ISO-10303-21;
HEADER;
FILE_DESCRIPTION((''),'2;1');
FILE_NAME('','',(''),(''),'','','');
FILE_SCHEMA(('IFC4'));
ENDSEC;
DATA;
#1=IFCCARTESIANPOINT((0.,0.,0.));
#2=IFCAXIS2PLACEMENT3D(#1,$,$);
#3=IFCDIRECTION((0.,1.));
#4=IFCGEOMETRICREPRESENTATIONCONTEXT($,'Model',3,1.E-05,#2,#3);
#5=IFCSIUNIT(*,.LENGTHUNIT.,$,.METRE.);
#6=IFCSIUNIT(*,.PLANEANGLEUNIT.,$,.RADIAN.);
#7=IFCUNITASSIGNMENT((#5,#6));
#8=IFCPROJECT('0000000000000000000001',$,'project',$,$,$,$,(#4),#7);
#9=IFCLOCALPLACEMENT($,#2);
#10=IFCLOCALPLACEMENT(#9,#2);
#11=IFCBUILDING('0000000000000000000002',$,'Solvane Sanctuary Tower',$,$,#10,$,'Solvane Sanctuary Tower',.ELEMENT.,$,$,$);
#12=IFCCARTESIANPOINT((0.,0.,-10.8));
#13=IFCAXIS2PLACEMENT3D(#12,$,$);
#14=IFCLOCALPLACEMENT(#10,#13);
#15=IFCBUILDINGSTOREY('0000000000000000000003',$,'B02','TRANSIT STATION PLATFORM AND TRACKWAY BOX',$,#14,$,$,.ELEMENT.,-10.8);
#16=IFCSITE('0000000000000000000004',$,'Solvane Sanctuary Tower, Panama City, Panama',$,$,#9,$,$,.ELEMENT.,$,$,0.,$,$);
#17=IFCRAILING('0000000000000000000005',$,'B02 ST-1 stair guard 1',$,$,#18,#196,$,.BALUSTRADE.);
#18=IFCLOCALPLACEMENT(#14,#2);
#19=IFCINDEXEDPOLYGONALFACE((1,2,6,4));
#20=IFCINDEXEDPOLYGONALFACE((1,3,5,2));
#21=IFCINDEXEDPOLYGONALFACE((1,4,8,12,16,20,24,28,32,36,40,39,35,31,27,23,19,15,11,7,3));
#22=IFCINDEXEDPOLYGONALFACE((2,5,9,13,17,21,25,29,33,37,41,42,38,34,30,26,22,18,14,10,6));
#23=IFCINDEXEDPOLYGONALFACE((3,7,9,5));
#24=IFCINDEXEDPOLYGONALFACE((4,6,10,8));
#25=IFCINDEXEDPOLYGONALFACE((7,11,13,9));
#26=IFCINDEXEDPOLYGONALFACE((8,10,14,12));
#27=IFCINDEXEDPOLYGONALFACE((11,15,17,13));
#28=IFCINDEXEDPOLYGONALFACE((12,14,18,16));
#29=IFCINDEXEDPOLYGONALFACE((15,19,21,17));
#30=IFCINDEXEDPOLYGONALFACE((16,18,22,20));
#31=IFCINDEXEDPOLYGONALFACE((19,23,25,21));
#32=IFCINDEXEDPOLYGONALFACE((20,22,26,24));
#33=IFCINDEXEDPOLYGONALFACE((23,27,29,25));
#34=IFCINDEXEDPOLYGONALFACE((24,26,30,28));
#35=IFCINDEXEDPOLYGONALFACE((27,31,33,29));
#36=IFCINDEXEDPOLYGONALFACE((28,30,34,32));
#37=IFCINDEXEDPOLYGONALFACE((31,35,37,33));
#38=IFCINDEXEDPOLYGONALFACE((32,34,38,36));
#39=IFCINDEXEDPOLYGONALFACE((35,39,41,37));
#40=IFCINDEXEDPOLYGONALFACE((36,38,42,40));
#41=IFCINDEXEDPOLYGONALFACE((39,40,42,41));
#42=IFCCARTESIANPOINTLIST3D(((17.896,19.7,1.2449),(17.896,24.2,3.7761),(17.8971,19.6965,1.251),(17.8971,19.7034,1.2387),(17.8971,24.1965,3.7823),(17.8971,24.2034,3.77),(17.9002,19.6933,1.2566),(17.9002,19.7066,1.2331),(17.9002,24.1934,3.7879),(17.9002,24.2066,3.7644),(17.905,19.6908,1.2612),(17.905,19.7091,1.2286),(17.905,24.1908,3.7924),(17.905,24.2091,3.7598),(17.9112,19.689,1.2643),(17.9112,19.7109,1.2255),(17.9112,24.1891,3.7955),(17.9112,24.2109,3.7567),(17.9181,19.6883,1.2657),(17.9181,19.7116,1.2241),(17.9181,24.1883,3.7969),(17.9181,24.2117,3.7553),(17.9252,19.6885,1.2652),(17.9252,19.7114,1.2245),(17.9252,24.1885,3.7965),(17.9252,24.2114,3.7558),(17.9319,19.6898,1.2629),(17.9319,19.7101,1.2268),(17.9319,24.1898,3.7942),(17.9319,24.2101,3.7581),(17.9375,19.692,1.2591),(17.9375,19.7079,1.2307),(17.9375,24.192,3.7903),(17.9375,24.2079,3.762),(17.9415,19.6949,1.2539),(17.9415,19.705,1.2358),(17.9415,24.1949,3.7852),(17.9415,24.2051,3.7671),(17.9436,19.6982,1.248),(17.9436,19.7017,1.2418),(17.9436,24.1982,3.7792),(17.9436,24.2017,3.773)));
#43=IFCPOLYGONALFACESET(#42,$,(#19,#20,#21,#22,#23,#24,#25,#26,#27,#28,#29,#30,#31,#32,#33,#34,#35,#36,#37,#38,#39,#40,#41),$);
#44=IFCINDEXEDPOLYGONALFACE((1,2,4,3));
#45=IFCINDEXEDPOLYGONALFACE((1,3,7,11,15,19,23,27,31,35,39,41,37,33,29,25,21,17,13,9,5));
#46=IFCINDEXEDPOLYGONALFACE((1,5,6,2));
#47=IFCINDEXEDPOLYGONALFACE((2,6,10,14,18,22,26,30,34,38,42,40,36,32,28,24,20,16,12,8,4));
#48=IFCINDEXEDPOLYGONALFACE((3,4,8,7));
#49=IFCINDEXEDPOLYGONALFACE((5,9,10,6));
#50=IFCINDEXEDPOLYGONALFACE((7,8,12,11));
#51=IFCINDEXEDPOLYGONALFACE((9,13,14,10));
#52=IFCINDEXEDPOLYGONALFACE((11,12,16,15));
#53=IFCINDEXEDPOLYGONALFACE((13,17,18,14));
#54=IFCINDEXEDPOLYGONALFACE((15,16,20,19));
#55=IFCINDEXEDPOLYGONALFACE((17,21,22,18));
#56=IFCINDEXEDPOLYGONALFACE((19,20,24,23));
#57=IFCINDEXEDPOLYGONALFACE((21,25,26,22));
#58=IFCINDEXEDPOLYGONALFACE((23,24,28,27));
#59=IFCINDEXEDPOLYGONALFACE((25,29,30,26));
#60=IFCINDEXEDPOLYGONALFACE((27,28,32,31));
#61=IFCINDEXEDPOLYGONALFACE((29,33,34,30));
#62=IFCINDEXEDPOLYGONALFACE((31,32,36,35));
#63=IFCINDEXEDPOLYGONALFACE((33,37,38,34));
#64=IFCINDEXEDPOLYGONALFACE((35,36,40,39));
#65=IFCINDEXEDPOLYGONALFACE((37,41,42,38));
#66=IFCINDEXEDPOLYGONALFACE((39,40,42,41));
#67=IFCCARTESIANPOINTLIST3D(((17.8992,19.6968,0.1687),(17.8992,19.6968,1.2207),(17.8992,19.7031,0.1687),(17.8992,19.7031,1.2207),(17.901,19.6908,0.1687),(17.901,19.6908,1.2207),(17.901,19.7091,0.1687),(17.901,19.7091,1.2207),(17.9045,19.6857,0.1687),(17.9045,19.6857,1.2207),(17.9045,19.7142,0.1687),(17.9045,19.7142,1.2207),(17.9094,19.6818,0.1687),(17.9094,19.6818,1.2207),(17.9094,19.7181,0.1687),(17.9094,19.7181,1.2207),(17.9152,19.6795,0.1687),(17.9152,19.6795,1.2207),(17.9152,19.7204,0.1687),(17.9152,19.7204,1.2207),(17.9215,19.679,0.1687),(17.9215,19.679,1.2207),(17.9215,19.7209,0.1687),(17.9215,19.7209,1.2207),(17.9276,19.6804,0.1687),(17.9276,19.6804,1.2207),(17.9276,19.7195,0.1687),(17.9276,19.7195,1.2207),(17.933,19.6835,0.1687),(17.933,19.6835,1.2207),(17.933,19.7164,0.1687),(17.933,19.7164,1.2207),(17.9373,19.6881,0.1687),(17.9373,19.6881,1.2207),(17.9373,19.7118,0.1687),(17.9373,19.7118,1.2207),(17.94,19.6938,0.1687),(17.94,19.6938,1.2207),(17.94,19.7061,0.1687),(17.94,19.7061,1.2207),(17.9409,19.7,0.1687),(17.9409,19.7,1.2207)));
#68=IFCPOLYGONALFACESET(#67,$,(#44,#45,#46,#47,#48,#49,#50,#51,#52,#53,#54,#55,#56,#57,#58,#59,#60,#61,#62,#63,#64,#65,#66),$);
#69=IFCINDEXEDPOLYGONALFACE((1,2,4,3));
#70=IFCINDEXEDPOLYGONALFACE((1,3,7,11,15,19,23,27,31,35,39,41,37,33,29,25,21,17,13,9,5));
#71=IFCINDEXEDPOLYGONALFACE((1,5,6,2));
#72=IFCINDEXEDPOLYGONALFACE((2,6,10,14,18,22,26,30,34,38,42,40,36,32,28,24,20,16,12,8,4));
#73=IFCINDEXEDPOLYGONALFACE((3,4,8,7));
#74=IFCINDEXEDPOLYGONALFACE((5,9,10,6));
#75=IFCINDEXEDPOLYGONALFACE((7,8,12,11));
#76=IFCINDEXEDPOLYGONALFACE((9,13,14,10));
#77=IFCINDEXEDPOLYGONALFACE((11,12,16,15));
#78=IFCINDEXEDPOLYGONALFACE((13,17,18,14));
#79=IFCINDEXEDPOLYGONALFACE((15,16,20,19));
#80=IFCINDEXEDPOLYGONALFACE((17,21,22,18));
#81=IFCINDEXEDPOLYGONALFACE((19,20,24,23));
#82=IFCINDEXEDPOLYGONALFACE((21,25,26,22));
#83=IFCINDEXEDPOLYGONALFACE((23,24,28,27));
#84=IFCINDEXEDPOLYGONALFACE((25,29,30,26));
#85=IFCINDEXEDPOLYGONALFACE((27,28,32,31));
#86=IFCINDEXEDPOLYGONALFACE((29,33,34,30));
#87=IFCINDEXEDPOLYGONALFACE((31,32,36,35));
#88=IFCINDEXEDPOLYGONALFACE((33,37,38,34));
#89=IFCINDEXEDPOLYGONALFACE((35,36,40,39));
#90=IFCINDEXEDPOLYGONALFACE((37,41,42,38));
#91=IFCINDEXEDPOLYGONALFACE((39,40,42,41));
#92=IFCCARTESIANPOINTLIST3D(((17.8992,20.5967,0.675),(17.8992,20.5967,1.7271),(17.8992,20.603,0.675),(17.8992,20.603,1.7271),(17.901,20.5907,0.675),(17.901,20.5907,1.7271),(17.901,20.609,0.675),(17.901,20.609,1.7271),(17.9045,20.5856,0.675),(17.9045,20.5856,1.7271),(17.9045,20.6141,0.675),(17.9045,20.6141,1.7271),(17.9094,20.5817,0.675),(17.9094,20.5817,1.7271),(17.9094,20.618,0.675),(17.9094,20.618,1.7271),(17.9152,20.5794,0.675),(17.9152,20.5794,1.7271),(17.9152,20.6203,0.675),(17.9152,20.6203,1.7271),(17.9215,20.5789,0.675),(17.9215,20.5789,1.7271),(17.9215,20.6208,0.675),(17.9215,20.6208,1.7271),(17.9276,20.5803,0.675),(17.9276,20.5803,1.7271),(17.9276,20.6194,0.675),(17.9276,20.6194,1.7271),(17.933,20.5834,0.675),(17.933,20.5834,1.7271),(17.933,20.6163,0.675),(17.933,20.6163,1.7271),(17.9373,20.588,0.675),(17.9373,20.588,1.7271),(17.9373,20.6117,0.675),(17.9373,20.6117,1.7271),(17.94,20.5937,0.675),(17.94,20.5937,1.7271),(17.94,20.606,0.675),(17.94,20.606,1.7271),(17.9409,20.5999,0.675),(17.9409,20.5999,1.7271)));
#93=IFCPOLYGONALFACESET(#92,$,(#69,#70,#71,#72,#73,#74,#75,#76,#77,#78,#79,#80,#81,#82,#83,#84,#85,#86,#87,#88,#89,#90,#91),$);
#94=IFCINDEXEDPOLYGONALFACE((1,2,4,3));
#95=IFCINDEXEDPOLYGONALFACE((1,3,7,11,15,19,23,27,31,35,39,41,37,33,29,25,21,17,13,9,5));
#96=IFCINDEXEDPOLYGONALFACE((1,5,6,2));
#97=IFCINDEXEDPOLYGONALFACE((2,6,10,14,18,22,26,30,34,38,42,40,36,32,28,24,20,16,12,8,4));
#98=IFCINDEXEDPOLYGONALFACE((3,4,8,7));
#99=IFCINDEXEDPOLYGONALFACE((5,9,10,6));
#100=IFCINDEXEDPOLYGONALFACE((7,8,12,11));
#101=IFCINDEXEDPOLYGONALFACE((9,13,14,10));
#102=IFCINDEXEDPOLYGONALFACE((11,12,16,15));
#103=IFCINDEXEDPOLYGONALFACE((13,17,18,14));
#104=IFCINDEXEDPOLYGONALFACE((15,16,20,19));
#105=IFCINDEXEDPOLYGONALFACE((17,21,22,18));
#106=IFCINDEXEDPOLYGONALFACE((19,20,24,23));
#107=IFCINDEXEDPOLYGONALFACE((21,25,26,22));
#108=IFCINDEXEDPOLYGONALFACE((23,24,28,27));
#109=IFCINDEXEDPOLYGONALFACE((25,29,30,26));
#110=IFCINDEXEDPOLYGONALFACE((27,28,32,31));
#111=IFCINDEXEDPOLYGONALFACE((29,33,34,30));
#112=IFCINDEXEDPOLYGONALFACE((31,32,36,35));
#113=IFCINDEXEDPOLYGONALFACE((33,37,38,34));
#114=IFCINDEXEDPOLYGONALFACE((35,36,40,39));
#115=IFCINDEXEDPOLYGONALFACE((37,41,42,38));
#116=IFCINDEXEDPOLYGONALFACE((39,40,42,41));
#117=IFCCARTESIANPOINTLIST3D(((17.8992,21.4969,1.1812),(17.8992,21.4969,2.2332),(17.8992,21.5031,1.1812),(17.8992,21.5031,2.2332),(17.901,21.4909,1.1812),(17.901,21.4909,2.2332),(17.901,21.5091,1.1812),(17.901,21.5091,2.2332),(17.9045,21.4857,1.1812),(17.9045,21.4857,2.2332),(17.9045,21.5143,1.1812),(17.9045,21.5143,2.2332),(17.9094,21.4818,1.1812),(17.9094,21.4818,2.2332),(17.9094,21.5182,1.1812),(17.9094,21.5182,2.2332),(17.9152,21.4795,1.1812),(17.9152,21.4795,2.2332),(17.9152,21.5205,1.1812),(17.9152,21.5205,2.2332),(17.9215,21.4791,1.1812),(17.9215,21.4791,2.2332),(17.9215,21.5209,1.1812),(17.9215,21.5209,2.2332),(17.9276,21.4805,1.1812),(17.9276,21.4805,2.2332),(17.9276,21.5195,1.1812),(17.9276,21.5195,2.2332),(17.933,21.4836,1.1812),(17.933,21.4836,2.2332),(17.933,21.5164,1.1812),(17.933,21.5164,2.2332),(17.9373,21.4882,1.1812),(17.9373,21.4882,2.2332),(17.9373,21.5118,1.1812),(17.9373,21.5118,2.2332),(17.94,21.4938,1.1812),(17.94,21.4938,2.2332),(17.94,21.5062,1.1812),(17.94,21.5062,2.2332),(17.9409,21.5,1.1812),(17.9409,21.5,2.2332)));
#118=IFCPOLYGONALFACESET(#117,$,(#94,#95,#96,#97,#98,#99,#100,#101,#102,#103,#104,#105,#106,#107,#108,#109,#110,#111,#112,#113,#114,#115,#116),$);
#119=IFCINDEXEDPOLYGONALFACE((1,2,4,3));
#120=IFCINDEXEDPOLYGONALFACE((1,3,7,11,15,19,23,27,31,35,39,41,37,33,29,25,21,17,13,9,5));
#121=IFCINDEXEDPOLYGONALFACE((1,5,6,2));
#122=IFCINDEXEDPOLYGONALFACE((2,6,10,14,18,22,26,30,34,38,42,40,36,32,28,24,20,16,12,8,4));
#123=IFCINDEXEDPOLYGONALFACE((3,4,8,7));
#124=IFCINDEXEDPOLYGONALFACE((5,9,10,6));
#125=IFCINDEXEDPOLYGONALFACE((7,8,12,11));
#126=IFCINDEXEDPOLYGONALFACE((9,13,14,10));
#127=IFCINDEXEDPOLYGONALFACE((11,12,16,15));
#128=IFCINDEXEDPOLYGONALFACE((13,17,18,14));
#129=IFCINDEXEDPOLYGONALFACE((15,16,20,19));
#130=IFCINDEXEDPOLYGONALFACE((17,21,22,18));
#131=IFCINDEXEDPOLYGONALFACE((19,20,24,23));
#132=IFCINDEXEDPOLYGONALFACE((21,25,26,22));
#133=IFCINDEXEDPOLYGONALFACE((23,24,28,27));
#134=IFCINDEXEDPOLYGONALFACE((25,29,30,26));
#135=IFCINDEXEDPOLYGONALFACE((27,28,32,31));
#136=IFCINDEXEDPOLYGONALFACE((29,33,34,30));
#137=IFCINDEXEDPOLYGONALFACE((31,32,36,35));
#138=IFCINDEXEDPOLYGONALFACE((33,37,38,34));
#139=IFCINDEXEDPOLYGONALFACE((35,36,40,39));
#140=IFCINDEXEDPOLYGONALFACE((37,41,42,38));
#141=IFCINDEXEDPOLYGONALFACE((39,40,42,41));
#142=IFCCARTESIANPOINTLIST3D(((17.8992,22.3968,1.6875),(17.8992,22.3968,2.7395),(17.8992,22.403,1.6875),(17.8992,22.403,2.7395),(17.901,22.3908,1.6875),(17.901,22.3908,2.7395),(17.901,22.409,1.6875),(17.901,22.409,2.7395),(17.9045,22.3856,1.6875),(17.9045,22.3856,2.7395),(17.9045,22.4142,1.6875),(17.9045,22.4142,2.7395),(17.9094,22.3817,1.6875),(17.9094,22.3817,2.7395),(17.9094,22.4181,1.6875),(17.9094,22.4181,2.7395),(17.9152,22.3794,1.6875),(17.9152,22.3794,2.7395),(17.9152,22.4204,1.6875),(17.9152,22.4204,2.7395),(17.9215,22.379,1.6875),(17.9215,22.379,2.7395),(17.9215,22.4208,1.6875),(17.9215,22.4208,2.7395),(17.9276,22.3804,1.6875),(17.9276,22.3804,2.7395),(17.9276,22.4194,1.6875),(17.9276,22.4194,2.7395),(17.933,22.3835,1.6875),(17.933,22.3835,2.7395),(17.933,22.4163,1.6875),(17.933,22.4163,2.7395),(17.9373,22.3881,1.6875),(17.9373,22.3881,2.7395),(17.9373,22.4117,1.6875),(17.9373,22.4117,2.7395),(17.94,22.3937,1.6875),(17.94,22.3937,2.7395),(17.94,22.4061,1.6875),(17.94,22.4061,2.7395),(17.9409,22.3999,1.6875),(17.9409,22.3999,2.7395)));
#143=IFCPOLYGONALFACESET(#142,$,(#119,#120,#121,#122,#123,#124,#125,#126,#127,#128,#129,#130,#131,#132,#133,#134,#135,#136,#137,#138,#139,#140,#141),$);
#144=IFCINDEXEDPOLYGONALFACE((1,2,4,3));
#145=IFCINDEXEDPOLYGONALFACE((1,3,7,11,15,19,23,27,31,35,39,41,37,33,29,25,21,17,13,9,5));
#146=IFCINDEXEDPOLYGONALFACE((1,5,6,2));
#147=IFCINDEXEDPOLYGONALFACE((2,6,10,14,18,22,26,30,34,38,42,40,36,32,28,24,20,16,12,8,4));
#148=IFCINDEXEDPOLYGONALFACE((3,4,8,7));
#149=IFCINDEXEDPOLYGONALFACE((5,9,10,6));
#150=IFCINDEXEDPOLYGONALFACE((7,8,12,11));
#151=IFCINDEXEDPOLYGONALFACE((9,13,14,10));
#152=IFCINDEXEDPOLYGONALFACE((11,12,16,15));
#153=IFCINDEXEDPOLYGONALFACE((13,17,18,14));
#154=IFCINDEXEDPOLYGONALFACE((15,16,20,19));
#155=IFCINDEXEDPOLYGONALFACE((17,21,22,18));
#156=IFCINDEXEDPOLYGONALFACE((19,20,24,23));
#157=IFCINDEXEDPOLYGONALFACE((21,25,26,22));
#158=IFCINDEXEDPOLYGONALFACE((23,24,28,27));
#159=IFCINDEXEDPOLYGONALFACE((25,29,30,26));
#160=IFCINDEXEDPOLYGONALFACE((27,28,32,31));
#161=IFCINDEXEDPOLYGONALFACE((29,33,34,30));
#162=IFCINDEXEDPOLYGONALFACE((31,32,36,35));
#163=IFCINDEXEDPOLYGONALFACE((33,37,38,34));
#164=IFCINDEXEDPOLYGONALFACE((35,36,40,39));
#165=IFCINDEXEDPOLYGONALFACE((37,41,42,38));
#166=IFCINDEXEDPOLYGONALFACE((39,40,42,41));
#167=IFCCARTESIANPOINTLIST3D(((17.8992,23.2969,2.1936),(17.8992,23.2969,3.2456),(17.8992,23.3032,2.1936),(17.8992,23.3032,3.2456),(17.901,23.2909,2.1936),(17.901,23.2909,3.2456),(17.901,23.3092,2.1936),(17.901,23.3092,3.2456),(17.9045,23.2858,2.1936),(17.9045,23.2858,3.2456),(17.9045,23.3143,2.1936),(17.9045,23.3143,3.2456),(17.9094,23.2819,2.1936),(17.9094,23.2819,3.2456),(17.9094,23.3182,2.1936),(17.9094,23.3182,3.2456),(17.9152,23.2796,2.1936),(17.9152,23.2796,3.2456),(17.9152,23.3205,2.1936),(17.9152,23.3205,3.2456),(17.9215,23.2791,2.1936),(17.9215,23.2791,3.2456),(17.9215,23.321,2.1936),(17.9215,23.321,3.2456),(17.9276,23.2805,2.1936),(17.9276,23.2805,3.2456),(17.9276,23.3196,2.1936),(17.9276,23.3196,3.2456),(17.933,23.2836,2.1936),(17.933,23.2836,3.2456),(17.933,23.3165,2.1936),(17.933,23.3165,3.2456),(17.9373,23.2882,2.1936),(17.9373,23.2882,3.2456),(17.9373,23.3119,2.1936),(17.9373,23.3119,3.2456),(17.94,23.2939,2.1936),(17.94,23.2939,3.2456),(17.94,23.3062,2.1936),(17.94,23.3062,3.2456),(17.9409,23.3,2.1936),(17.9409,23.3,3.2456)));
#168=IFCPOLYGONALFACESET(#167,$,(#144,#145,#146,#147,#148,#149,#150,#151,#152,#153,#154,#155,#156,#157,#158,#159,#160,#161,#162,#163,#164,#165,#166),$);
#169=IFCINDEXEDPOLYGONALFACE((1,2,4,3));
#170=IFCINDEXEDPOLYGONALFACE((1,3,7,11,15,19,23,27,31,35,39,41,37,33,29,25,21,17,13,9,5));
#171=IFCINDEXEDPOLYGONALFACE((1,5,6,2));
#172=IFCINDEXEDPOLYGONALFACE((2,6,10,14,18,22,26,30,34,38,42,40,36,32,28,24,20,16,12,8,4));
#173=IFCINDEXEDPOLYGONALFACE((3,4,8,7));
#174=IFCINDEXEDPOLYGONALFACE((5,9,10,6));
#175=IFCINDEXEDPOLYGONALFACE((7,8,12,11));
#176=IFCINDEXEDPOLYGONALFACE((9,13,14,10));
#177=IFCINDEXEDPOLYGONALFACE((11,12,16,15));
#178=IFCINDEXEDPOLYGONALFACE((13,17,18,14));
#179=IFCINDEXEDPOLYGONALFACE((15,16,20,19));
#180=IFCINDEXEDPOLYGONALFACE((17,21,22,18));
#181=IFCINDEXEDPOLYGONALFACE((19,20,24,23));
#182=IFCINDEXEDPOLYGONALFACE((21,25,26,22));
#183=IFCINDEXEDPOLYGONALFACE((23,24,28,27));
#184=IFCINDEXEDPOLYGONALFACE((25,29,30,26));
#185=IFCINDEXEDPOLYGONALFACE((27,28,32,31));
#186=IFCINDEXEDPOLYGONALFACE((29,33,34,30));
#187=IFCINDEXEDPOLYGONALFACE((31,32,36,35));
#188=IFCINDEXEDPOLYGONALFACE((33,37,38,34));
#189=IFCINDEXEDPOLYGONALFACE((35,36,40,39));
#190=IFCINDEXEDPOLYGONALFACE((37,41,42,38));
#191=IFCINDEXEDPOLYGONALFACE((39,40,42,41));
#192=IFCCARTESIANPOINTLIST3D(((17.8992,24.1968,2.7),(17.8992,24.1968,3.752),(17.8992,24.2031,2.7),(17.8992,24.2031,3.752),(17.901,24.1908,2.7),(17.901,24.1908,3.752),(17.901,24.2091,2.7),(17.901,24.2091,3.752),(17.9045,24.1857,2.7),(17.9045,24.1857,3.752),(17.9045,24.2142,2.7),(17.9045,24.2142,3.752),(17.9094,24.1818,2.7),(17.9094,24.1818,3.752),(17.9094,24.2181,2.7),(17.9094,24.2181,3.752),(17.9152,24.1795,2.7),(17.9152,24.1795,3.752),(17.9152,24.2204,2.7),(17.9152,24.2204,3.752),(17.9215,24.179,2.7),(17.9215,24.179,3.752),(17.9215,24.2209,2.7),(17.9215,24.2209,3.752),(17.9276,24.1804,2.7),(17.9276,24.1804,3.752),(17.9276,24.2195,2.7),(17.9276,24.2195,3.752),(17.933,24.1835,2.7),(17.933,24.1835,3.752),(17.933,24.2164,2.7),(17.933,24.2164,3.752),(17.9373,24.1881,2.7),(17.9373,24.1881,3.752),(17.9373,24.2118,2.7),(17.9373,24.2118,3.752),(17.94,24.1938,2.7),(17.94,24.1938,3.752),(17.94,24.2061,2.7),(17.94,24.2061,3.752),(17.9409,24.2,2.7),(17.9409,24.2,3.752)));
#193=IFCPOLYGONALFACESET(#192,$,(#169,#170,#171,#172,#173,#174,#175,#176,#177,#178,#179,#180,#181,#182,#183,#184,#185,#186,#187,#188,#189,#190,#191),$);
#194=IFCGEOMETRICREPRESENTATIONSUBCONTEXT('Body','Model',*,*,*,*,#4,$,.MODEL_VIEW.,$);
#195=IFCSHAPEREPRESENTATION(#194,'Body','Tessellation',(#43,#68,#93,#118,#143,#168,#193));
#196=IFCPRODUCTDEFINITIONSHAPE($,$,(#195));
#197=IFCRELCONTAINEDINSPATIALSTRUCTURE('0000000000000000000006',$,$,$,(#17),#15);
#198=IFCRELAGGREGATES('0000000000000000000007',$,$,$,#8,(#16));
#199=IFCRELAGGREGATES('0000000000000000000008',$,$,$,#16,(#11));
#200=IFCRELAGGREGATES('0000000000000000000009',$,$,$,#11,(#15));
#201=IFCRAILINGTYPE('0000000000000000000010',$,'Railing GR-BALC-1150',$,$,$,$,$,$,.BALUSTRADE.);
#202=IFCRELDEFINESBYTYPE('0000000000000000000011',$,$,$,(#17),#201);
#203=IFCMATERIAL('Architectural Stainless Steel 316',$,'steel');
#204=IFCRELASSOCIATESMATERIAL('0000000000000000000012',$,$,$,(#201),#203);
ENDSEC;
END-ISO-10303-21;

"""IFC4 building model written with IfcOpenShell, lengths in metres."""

from ifc_helpers import new_model, si_unit, direction, frame, origin, origin_2d, place, context, subcontext, project, spatial, circle, extrude, material, type_object, element, save


model = new_model("IFC4")

# Units and contexts
model_context = context("Model", 3, precision=1e-05, world=origin(), true_north=direction((0.0, 1.0)))
body_context = subcontext(model_context, "Body", "Model", "MODEL_VIEW")
ifc_project = project(units=[si_unit("LENGTHUNIT", "METRE"), si_unit("PLANEANGLEUNIT", "RADIAN")], contexts=[model_context])

# Site, building, storey
site_placement = place(None, origin())
site = spatial("IfcSite", under=ifc_project, at=site_placement, Name="Solvane Sanctuary Tower, Panama City, Panama", CompositionType="ELEMENT", RefElevation=0.0)
building_placement = place(site_placement, origin())
building = spatial("IfcBuilding", under=site, at=building_placement, Name="Solvane Sanctuary Tower", LongName="Solvane Sanctuary Tower", CompositionType="ELEMENT")
storey_placement = place(building_placement, frame((0.0, 0.0, -10.8)))
storey = spatial("IfcBuildingStorey", under=building, at=storey_placement, Name="B02", Description="TRANSIT STATION PLATFORM AND TRACKWAY BOX", CompositionType="ELEMENT", Elevation=-10.8)

# Shared definitions
ifc_material_1 = material(Name="Architectural Stainless Steel 316", Category="steel")

# Railing
railing_type_1 = type_object("IfcRailingType", Name="Railing GR-BALC-1150", PredefinedType="BALUSTRADE", material=ifc_material_1)
railing_1_placement = place(storey_placement, frame((17.9199, 19.7, 0.1687)))
element("IfcRailing", 1, at=railing_1_placement, inside=storey, type_object=railing_type_1, Name="B02 ST-1 stair guard 1", PredefinedType="BALUSTRADE", context=body_context, shape_type="SweptSolid", body=[
    extrude(circle(Radius=0.0239, at=origin_2d()), frame((0.0, 0.0, 1.0762), z_axis=(0.0, 0.871576, 0.490261), x_axis=(-1.0, 0.0, 0.0)), (0.0, 0.0, 1.0), 5.1631),
    extrude(circle(Radius=0.021, at=origin_2d()), origin(), (0.0, 0.0, 1.0), 1.052),
    extrude(circle(Radius=0.021, at=origin_2d()), frame((0.0, 0.8999, 0.5063)), (0.0, 0.0, 1.0), 1.052),
    extrude(circle(Radius=0.021, at=origin_2d()), frame((0.0, 1.8, 1.0125)), (0.0, 0.0, 1.0), 1.052),
    extrude(circle(Radius=0.021, at=origin_2d()), frame((0.0, 2.7, 1.5188)), (0.0, 0.0, 1.0), 1.052),
    extrude(circle(Radius=0.021, at=origin_2d()), frame((0.0, 3.6001, 2.0249)), (0.0, 0.0, 1.0), 1.052),
    extrude(circle(Radius=0.021, at=origin_2d()), frame((0.0, 4.5, 2.5312)), (0.0, 0.0, 1.0), 1.052),
])

save(model, "model.ifc")
